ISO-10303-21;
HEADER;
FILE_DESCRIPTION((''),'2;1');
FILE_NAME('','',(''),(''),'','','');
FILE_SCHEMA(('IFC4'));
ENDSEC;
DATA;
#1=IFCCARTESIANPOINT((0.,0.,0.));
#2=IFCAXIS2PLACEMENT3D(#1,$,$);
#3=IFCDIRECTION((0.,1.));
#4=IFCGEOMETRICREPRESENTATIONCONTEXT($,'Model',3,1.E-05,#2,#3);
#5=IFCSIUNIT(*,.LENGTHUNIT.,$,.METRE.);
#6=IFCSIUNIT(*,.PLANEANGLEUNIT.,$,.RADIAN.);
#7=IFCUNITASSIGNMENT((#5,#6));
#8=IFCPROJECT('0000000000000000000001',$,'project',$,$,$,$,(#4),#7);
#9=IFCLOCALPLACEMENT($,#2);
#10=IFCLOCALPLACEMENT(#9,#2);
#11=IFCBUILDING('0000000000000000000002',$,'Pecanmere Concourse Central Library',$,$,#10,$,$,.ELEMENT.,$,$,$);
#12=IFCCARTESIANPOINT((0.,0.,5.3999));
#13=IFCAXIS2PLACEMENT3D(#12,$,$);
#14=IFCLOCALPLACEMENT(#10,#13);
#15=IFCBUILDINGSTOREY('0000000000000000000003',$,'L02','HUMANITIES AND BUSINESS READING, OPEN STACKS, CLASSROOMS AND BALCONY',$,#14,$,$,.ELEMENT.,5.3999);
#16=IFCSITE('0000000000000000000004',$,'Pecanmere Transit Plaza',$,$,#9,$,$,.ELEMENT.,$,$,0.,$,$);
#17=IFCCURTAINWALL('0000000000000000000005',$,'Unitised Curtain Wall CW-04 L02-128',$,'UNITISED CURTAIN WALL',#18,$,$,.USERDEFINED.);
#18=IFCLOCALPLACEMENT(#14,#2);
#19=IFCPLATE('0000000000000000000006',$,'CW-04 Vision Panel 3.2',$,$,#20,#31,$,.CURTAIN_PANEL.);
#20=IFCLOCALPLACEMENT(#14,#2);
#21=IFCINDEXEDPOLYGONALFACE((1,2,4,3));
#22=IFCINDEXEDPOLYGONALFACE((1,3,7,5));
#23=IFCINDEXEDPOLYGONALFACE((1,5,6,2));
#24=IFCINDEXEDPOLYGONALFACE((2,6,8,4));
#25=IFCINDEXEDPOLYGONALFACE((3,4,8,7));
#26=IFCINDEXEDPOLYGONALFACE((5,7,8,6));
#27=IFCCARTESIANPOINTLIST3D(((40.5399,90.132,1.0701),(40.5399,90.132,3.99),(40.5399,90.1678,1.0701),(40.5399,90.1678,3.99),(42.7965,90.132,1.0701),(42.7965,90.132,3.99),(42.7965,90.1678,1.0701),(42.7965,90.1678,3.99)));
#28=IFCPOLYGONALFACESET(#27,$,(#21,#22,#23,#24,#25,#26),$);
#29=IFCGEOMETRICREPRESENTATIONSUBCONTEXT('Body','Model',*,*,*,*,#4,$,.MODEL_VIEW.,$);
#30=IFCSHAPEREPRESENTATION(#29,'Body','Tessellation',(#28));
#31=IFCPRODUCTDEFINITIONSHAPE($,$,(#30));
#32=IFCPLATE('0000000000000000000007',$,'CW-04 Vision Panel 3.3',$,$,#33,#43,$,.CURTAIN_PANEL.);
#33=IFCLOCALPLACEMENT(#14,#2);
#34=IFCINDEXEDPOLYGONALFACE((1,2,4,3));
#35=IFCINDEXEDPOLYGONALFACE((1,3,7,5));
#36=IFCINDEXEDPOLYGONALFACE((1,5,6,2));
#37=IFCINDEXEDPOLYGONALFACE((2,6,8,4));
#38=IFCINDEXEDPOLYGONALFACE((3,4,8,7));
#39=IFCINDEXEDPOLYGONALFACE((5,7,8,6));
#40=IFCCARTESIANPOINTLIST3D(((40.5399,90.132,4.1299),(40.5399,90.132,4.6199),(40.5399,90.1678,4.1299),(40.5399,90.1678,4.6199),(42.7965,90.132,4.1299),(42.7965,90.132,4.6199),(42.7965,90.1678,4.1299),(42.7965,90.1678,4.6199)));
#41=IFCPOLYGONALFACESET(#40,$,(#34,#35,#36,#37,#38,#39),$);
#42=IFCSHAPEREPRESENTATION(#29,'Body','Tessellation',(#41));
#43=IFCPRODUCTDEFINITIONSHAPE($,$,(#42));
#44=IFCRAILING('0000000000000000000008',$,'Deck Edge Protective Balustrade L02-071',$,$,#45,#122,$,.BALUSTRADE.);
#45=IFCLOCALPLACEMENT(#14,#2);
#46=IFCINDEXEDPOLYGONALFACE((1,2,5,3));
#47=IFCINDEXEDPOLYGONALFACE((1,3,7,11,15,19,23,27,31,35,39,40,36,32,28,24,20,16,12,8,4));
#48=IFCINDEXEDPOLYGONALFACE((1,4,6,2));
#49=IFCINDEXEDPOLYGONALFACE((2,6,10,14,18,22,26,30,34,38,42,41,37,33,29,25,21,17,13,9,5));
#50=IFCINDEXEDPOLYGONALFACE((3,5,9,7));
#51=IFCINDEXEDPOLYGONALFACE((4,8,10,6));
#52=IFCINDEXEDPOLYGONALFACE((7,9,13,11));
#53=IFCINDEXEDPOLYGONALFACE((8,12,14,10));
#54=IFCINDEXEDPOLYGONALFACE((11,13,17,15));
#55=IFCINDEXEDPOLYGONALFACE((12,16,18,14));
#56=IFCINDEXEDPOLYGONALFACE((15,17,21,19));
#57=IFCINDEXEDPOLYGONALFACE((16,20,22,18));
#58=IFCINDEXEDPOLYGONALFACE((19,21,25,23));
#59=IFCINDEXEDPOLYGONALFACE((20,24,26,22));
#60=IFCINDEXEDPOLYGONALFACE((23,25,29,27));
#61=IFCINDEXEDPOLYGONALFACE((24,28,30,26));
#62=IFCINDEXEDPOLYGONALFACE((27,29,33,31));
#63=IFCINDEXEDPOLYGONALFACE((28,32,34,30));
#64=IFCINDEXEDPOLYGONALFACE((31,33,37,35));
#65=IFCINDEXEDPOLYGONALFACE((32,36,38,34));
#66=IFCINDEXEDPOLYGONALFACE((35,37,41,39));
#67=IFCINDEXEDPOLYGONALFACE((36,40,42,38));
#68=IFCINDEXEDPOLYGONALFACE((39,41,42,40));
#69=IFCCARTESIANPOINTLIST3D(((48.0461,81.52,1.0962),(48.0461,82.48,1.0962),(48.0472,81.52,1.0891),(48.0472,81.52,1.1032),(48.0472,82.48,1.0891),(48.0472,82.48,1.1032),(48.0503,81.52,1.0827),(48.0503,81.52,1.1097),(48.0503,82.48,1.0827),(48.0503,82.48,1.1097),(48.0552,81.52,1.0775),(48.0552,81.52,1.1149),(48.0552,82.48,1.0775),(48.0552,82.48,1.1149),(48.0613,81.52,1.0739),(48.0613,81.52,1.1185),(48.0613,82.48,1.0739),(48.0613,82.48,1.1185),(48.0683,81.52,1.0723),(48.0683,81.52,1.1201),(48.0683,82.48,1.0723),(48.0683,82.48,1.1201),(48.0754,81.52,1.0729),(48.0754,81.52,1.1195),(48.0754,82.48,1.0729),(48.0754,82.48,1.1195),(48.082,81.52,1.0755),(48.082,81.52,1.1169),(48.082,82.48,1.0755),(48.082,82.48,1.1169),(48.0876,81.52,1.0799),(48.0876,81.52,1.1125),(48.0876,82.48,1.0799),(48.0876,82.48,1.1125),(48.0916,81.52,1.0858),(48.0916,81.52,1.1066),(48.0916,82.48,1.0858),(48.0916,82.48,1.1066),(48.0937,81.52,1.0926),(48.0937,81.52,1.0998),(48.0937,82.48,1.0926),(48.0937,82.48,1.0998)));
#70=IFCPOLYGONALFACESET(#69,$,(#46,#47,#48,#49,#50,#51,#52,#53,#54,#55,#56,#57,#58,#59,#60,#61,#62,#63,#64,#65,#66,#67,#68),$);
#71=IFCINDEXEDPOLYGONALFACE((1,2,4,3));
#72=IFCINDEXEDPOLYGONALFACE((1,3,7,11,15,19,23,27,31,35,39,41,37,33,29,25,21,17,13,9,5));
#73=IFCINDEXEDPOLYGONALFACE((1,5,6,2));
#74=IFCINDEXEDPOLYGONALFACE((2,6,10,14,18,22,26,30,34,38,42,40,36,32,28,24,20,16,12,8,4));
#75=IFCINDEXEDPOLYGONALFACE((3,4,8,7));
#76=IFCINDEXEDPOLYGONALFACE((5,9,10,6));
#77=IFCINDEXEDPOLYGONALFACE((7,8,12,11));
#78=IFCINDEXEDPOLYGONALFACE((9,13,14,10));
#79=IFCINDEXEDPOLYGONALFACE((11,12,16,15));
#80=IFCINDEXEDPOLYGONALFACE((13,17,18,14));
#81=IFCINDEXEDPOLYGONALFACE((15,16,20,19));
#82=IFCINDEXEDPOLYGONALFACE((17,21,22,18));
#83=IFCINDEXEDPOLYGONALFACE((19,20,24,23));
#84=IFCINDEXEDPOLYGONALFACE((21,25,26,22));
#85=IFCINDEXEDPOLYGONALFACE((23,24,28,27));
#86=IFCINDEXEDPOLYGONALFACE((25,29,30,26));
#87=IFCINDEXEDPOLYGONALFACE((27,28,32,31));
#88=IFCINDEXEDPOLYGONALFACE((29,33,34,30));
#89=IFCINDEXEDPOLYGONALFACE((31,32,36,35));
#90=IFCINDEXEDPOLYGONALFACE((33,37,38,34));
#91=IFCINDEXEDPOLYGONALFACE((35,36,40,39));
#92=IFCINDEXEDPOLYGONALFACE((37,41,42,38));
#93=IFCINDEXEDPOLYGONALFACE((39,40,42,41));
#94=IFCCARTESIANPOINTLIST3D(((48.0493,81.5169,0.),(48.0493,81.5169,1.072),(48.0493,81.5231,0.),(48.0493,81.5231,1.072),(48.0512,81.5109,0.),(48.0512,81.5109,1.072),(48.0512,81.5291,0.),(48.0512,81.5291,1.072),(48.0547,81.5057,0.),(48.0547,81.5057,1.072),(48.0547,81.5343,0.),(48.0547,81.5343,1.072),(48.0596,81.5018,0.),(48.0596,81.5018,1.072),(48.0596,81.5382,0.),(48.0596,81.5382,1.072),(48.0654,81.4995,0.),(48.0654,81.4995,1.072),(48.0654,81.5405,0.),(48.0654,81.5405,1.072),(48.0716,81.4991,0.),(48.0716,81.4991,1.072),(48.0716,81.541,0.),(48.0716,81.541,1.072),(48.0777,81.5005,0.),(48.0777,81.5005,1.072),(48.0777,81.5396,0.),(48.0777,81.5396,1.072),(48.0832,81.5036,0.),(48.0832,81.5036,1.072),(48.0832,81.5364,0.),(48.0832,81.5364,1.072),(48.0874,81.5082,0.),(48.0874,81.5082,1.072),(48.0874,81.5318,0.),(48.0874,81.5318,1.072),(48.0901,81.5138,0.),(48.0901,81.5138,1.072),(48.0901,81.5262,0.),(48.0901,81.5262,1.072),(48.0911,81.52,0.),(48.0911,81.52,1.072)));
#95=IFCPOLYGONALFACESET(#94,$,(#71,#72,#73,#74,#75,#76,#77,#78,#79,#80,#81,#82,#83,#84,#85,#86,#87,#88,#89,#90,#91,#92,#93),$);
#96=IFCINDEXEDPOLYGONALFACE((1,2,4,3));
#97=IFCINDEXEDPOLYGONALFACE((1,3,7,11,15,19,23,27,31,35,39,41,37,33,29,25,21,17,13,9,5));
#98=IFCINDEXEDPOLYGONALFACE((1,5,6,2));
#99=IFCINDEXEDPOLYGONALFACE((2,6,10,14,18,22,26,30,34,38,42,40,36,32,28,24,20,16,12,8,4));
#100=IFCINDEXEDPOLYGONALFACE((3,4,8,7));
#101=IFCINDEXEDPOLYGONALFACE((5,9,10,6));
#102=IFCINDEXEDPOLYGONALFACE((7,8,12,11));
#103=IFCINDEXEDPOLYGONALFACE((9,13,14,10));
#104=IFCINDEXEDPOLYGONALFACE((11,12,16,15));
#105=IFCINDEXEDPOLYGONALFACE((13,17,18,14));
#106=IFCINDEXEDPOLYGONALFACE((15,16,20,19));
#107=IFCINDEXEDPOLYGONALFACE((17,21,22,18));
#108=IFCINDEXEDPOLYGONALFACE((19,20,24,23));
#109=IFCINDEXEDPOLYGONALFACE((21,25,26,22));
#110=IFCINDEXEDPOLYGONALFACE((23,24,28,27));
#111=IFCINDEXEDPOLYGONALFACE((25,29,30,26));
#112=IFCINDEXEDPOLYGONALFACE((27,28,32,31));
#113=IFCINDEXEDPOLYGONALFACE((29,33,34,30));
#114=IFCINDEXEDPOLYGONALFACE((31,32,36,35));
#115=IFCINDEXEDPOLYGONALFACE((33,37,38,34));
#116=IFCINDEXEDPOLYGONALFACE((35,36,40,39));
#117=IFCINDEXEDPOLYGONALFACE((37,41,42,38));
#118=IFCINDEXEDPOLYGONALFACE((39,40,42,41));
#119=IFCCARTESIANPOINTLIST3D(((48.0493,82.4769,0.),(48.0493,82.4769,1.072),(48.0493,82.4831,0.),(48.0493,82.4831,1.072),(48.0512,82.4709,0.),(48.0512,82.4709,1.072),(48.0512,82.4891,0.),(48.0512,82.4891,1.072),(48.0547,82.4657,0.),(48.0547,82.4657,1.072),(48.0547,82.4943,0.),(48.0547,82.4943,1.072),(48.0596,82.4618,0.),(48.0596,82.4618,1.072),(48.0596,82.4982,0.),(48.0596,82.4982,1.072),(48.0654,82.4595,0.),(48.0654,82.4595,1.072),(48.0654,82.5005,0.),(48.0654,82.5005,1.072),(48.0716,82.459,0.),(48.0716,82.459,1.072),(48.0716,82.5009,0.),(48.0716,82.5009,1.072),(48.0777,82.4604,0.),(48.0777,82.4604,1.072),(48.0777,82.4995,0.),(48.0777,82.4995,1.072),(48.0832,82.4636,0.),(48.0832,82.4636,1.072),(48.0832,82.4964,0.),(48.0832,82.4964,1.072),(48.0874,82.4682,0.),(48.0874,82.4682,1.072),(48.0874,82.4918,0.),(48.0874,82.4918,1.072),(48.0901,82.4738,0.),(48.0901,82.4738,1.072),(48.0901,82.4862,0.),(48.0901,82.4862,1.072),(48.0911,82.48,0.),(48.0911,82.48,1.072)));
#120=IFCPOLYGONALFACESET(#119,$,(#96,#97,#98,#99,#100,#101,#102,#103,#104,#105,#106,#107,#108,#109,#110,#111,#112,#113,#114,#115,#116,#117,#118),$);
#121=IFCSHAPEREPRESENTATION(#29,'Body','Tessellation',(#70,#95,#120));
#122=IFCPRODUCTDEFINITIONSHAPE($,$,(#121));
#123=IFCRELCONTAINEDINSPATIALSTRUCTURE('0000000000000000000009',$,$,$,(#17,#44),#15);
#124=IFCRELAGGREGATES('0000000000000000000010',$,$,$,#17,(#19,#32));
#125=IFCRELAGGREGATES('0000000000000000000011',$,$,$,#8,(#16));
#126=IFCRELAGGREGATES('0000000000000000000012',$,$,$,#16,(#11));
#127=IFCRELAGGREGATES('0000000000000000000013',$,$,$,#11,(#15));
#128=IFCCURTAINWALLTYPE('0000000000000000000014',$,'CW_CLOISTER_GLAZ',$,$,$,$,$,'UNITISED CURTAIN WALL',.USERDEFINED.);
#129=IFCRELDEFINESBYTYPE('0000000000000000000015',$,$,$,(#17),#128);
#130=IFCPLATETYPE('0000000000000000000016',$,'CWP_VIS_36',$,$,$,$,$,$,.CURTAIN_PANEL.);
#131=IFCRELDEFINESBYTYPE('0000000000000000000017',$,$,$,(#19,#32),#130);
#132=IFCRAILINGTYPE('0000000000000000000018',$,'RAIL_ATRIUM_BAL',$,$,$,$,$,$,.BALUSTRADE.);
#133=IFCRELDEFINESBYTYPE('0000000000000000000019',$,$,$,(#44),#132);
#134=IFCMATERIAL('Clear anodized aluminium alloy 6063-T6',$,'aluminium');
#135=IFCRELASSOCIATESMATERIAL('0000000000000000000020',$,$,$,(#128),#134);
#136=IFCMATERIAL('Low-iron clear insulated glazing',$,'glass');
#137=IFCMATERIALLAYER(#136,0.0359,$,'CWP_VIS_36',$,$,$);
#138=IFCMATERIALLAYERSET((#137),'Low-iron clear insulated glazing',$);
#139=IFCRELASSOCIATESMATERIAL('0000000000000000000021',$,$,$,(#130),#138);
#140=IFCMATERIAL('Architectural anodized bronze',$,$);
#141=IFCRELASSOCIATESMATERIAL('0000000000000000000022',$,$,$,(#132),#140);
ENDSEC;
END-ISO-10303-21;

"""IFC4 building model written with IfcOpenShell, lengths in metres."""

from ifc_helpers import new_model, si_unit, direction, frame, origin, origin_2d, place, context, subcontext, project, spatial, rectangle, circle, extrude, material, layer, layer_set, type_object, element, aggregate, save


model = new_model("IFC4")

# Units and contexts
model_context = context("Model", 3, precision=1e-05, world=origin(), true_north=direction((0.0, 1.0)))
body_context = subcontext(model_context, "Body", "Model", "MODEL_VIEW")
ifc_project = project(units=[si_unit("LENGTHUNIT", "METRE"), si_unit("PLANEANGLEUNIT", "RADIAN")], contexts=[model_context])

# Site, building, storey
site_placement = place(None, origin())
site = spatial("IfcSite", under=ifc_project, at=site_placement, Name="Pecanmere Transit Plaza", CompositionType="ELEMENT", RefElevation=0.0)
building_placement = place(site_placement, origin())
building = spatial("IfcBuilding", under=site, at=building_placement, Name="Pecanmere Concourse Central Library", CompositionType="ELEMENT")
storey_placement = place(building_placement, frame((0.0, 0.0, 5.3999)))
storey = spatial("IfcBuildingStorey", under=building, at=storey_placement, Name="L02", Description="HUMANITIES AND BUSINESS READING, OPEN STACKS, CLASSROOMS AND BALCONY", CompositionType="ELEMENT", Elevation=5.3999)

# Shared definitions
ifc_material_1 = material(Name="Clear anodized aluminium alloy 6063-T6", Category="aluminium")
curtain_wall_type = type_object("IfcCurtainWallType", Name="CW_CLOISTER_GLAZ", ElementType="UNITISED CURTAIN WALL", PredefinedType="USERDEFINED", material=ifc_material_1)

# Curtain wall
curtain_wall_1_placement = place(storey_placement, origin())
curtain_wall_1 = element("IfcCurtainWall", 1, at=curtain_wall_1_placement, inside=storey, type_object=curtain_wall_type, Name="Unitised Curtain Wall CW-04 L02-128", ObjectType="UNITISED CURTAIN WALL", PredefinedType="USERDEFINED")

# Plates
ifc_material_2 = material(Name="Low-iron clear insulated glazing", Category="glass")
ifc_layer_1 = layer(ifc_material_2, 0.0359, Name="CWP_VIS_36")
ifc_layer_set_1 = layer_set([ifc_layer_1], Name="Low-iron clear insulated glazing")
plate_type_1 = type_object("IfcPlateType", Name="CWP_VIS_36", PredefinedType="CURTAIN_PANEL", material=ifc_layer_set_1)
plate_1_placement = place(storey_placement, frame((41.6682, 90.1499, 1.0701), z_axis=(0.0, 0.0, 1.0), x_axis=(-1.0, 0.0, 0.0)))
plate_1 = element("IfcPlate", 2, at=plate_1_placement, type_object=plate_type_1, Name="CW-04 Vision Panel 3.2", PredefinedType="CURTAIN_PANEL", context=body_context, shape_type="SweptSolid", body=[
    extrude(rectangle(XDim=2.2566, YDim=0.0359, at=origin_2d()), origin(), (0.0, 0.0, 1.0), 2.9199),
])
plate_2_placement = place(storey_placement, frame((41.6682, 90.1499, 4.1299), z_axis=(0.0, 0.0, 1.0), x_axis=(-1.0, 0.0, 0.0)))
plate_2 = element("IfcPlate", 3, at=plate_2_placement, type_object=plate_type_1, Name="CW-04 Vision Panel 3.3", PredefinedType="CURTAIN_PANEL", context=body_context, shape_type="SweptSolid", body=[
    extrude(rectangle(XDim=2.2566, YDim=0.0359, at=origin_2d()), origin(), (0.0, 0.0, 1.0), 0.49),
])
aggregate(curtain_wall_1, [plate_1, plate_2])

# Railing
ifc_material_3 = material(Name="Architectural anodized bronze")
railing_type = type_object("IfcRailingType", Name="RAIL_ATRIUM_BAL", PredefinedType="BALUSTRADE", material=ifc_material_3)
railing_1_placement = place(storey_placement, frame((48.0701, 81.52, 0.0)))
element("IfcRailing", 4, at=railing_1_placement, inside=storey, type_object=railing_type, Name="Deck Edge Protective Balustrade L02-071", PredefinedType="BALUSTRADE", context=body_context, shape_type="SweptSolid", body=[
    extrude(circle(Radius=0.0239, at=origin_2d()), frame((0.0, 0.0, 1.0962), z_axis=(0.0, 1.0, 0.0), x_axis=(-1.0, 0.0, 0.0)), (0.0, 0.0, 1.0), 0.96),
    extrude(circle(Radius=0.021, at=origin_2d()), origin(), (0.0, 0.0, 1.0), 1.072),
    extrude(circle(Radius=0.021, at=origin_2d()), frame((0.0, 0.96, 0.0)), (0.0, 0.0, 1.0), 1.072),
])

save(model, "model.ifc")
